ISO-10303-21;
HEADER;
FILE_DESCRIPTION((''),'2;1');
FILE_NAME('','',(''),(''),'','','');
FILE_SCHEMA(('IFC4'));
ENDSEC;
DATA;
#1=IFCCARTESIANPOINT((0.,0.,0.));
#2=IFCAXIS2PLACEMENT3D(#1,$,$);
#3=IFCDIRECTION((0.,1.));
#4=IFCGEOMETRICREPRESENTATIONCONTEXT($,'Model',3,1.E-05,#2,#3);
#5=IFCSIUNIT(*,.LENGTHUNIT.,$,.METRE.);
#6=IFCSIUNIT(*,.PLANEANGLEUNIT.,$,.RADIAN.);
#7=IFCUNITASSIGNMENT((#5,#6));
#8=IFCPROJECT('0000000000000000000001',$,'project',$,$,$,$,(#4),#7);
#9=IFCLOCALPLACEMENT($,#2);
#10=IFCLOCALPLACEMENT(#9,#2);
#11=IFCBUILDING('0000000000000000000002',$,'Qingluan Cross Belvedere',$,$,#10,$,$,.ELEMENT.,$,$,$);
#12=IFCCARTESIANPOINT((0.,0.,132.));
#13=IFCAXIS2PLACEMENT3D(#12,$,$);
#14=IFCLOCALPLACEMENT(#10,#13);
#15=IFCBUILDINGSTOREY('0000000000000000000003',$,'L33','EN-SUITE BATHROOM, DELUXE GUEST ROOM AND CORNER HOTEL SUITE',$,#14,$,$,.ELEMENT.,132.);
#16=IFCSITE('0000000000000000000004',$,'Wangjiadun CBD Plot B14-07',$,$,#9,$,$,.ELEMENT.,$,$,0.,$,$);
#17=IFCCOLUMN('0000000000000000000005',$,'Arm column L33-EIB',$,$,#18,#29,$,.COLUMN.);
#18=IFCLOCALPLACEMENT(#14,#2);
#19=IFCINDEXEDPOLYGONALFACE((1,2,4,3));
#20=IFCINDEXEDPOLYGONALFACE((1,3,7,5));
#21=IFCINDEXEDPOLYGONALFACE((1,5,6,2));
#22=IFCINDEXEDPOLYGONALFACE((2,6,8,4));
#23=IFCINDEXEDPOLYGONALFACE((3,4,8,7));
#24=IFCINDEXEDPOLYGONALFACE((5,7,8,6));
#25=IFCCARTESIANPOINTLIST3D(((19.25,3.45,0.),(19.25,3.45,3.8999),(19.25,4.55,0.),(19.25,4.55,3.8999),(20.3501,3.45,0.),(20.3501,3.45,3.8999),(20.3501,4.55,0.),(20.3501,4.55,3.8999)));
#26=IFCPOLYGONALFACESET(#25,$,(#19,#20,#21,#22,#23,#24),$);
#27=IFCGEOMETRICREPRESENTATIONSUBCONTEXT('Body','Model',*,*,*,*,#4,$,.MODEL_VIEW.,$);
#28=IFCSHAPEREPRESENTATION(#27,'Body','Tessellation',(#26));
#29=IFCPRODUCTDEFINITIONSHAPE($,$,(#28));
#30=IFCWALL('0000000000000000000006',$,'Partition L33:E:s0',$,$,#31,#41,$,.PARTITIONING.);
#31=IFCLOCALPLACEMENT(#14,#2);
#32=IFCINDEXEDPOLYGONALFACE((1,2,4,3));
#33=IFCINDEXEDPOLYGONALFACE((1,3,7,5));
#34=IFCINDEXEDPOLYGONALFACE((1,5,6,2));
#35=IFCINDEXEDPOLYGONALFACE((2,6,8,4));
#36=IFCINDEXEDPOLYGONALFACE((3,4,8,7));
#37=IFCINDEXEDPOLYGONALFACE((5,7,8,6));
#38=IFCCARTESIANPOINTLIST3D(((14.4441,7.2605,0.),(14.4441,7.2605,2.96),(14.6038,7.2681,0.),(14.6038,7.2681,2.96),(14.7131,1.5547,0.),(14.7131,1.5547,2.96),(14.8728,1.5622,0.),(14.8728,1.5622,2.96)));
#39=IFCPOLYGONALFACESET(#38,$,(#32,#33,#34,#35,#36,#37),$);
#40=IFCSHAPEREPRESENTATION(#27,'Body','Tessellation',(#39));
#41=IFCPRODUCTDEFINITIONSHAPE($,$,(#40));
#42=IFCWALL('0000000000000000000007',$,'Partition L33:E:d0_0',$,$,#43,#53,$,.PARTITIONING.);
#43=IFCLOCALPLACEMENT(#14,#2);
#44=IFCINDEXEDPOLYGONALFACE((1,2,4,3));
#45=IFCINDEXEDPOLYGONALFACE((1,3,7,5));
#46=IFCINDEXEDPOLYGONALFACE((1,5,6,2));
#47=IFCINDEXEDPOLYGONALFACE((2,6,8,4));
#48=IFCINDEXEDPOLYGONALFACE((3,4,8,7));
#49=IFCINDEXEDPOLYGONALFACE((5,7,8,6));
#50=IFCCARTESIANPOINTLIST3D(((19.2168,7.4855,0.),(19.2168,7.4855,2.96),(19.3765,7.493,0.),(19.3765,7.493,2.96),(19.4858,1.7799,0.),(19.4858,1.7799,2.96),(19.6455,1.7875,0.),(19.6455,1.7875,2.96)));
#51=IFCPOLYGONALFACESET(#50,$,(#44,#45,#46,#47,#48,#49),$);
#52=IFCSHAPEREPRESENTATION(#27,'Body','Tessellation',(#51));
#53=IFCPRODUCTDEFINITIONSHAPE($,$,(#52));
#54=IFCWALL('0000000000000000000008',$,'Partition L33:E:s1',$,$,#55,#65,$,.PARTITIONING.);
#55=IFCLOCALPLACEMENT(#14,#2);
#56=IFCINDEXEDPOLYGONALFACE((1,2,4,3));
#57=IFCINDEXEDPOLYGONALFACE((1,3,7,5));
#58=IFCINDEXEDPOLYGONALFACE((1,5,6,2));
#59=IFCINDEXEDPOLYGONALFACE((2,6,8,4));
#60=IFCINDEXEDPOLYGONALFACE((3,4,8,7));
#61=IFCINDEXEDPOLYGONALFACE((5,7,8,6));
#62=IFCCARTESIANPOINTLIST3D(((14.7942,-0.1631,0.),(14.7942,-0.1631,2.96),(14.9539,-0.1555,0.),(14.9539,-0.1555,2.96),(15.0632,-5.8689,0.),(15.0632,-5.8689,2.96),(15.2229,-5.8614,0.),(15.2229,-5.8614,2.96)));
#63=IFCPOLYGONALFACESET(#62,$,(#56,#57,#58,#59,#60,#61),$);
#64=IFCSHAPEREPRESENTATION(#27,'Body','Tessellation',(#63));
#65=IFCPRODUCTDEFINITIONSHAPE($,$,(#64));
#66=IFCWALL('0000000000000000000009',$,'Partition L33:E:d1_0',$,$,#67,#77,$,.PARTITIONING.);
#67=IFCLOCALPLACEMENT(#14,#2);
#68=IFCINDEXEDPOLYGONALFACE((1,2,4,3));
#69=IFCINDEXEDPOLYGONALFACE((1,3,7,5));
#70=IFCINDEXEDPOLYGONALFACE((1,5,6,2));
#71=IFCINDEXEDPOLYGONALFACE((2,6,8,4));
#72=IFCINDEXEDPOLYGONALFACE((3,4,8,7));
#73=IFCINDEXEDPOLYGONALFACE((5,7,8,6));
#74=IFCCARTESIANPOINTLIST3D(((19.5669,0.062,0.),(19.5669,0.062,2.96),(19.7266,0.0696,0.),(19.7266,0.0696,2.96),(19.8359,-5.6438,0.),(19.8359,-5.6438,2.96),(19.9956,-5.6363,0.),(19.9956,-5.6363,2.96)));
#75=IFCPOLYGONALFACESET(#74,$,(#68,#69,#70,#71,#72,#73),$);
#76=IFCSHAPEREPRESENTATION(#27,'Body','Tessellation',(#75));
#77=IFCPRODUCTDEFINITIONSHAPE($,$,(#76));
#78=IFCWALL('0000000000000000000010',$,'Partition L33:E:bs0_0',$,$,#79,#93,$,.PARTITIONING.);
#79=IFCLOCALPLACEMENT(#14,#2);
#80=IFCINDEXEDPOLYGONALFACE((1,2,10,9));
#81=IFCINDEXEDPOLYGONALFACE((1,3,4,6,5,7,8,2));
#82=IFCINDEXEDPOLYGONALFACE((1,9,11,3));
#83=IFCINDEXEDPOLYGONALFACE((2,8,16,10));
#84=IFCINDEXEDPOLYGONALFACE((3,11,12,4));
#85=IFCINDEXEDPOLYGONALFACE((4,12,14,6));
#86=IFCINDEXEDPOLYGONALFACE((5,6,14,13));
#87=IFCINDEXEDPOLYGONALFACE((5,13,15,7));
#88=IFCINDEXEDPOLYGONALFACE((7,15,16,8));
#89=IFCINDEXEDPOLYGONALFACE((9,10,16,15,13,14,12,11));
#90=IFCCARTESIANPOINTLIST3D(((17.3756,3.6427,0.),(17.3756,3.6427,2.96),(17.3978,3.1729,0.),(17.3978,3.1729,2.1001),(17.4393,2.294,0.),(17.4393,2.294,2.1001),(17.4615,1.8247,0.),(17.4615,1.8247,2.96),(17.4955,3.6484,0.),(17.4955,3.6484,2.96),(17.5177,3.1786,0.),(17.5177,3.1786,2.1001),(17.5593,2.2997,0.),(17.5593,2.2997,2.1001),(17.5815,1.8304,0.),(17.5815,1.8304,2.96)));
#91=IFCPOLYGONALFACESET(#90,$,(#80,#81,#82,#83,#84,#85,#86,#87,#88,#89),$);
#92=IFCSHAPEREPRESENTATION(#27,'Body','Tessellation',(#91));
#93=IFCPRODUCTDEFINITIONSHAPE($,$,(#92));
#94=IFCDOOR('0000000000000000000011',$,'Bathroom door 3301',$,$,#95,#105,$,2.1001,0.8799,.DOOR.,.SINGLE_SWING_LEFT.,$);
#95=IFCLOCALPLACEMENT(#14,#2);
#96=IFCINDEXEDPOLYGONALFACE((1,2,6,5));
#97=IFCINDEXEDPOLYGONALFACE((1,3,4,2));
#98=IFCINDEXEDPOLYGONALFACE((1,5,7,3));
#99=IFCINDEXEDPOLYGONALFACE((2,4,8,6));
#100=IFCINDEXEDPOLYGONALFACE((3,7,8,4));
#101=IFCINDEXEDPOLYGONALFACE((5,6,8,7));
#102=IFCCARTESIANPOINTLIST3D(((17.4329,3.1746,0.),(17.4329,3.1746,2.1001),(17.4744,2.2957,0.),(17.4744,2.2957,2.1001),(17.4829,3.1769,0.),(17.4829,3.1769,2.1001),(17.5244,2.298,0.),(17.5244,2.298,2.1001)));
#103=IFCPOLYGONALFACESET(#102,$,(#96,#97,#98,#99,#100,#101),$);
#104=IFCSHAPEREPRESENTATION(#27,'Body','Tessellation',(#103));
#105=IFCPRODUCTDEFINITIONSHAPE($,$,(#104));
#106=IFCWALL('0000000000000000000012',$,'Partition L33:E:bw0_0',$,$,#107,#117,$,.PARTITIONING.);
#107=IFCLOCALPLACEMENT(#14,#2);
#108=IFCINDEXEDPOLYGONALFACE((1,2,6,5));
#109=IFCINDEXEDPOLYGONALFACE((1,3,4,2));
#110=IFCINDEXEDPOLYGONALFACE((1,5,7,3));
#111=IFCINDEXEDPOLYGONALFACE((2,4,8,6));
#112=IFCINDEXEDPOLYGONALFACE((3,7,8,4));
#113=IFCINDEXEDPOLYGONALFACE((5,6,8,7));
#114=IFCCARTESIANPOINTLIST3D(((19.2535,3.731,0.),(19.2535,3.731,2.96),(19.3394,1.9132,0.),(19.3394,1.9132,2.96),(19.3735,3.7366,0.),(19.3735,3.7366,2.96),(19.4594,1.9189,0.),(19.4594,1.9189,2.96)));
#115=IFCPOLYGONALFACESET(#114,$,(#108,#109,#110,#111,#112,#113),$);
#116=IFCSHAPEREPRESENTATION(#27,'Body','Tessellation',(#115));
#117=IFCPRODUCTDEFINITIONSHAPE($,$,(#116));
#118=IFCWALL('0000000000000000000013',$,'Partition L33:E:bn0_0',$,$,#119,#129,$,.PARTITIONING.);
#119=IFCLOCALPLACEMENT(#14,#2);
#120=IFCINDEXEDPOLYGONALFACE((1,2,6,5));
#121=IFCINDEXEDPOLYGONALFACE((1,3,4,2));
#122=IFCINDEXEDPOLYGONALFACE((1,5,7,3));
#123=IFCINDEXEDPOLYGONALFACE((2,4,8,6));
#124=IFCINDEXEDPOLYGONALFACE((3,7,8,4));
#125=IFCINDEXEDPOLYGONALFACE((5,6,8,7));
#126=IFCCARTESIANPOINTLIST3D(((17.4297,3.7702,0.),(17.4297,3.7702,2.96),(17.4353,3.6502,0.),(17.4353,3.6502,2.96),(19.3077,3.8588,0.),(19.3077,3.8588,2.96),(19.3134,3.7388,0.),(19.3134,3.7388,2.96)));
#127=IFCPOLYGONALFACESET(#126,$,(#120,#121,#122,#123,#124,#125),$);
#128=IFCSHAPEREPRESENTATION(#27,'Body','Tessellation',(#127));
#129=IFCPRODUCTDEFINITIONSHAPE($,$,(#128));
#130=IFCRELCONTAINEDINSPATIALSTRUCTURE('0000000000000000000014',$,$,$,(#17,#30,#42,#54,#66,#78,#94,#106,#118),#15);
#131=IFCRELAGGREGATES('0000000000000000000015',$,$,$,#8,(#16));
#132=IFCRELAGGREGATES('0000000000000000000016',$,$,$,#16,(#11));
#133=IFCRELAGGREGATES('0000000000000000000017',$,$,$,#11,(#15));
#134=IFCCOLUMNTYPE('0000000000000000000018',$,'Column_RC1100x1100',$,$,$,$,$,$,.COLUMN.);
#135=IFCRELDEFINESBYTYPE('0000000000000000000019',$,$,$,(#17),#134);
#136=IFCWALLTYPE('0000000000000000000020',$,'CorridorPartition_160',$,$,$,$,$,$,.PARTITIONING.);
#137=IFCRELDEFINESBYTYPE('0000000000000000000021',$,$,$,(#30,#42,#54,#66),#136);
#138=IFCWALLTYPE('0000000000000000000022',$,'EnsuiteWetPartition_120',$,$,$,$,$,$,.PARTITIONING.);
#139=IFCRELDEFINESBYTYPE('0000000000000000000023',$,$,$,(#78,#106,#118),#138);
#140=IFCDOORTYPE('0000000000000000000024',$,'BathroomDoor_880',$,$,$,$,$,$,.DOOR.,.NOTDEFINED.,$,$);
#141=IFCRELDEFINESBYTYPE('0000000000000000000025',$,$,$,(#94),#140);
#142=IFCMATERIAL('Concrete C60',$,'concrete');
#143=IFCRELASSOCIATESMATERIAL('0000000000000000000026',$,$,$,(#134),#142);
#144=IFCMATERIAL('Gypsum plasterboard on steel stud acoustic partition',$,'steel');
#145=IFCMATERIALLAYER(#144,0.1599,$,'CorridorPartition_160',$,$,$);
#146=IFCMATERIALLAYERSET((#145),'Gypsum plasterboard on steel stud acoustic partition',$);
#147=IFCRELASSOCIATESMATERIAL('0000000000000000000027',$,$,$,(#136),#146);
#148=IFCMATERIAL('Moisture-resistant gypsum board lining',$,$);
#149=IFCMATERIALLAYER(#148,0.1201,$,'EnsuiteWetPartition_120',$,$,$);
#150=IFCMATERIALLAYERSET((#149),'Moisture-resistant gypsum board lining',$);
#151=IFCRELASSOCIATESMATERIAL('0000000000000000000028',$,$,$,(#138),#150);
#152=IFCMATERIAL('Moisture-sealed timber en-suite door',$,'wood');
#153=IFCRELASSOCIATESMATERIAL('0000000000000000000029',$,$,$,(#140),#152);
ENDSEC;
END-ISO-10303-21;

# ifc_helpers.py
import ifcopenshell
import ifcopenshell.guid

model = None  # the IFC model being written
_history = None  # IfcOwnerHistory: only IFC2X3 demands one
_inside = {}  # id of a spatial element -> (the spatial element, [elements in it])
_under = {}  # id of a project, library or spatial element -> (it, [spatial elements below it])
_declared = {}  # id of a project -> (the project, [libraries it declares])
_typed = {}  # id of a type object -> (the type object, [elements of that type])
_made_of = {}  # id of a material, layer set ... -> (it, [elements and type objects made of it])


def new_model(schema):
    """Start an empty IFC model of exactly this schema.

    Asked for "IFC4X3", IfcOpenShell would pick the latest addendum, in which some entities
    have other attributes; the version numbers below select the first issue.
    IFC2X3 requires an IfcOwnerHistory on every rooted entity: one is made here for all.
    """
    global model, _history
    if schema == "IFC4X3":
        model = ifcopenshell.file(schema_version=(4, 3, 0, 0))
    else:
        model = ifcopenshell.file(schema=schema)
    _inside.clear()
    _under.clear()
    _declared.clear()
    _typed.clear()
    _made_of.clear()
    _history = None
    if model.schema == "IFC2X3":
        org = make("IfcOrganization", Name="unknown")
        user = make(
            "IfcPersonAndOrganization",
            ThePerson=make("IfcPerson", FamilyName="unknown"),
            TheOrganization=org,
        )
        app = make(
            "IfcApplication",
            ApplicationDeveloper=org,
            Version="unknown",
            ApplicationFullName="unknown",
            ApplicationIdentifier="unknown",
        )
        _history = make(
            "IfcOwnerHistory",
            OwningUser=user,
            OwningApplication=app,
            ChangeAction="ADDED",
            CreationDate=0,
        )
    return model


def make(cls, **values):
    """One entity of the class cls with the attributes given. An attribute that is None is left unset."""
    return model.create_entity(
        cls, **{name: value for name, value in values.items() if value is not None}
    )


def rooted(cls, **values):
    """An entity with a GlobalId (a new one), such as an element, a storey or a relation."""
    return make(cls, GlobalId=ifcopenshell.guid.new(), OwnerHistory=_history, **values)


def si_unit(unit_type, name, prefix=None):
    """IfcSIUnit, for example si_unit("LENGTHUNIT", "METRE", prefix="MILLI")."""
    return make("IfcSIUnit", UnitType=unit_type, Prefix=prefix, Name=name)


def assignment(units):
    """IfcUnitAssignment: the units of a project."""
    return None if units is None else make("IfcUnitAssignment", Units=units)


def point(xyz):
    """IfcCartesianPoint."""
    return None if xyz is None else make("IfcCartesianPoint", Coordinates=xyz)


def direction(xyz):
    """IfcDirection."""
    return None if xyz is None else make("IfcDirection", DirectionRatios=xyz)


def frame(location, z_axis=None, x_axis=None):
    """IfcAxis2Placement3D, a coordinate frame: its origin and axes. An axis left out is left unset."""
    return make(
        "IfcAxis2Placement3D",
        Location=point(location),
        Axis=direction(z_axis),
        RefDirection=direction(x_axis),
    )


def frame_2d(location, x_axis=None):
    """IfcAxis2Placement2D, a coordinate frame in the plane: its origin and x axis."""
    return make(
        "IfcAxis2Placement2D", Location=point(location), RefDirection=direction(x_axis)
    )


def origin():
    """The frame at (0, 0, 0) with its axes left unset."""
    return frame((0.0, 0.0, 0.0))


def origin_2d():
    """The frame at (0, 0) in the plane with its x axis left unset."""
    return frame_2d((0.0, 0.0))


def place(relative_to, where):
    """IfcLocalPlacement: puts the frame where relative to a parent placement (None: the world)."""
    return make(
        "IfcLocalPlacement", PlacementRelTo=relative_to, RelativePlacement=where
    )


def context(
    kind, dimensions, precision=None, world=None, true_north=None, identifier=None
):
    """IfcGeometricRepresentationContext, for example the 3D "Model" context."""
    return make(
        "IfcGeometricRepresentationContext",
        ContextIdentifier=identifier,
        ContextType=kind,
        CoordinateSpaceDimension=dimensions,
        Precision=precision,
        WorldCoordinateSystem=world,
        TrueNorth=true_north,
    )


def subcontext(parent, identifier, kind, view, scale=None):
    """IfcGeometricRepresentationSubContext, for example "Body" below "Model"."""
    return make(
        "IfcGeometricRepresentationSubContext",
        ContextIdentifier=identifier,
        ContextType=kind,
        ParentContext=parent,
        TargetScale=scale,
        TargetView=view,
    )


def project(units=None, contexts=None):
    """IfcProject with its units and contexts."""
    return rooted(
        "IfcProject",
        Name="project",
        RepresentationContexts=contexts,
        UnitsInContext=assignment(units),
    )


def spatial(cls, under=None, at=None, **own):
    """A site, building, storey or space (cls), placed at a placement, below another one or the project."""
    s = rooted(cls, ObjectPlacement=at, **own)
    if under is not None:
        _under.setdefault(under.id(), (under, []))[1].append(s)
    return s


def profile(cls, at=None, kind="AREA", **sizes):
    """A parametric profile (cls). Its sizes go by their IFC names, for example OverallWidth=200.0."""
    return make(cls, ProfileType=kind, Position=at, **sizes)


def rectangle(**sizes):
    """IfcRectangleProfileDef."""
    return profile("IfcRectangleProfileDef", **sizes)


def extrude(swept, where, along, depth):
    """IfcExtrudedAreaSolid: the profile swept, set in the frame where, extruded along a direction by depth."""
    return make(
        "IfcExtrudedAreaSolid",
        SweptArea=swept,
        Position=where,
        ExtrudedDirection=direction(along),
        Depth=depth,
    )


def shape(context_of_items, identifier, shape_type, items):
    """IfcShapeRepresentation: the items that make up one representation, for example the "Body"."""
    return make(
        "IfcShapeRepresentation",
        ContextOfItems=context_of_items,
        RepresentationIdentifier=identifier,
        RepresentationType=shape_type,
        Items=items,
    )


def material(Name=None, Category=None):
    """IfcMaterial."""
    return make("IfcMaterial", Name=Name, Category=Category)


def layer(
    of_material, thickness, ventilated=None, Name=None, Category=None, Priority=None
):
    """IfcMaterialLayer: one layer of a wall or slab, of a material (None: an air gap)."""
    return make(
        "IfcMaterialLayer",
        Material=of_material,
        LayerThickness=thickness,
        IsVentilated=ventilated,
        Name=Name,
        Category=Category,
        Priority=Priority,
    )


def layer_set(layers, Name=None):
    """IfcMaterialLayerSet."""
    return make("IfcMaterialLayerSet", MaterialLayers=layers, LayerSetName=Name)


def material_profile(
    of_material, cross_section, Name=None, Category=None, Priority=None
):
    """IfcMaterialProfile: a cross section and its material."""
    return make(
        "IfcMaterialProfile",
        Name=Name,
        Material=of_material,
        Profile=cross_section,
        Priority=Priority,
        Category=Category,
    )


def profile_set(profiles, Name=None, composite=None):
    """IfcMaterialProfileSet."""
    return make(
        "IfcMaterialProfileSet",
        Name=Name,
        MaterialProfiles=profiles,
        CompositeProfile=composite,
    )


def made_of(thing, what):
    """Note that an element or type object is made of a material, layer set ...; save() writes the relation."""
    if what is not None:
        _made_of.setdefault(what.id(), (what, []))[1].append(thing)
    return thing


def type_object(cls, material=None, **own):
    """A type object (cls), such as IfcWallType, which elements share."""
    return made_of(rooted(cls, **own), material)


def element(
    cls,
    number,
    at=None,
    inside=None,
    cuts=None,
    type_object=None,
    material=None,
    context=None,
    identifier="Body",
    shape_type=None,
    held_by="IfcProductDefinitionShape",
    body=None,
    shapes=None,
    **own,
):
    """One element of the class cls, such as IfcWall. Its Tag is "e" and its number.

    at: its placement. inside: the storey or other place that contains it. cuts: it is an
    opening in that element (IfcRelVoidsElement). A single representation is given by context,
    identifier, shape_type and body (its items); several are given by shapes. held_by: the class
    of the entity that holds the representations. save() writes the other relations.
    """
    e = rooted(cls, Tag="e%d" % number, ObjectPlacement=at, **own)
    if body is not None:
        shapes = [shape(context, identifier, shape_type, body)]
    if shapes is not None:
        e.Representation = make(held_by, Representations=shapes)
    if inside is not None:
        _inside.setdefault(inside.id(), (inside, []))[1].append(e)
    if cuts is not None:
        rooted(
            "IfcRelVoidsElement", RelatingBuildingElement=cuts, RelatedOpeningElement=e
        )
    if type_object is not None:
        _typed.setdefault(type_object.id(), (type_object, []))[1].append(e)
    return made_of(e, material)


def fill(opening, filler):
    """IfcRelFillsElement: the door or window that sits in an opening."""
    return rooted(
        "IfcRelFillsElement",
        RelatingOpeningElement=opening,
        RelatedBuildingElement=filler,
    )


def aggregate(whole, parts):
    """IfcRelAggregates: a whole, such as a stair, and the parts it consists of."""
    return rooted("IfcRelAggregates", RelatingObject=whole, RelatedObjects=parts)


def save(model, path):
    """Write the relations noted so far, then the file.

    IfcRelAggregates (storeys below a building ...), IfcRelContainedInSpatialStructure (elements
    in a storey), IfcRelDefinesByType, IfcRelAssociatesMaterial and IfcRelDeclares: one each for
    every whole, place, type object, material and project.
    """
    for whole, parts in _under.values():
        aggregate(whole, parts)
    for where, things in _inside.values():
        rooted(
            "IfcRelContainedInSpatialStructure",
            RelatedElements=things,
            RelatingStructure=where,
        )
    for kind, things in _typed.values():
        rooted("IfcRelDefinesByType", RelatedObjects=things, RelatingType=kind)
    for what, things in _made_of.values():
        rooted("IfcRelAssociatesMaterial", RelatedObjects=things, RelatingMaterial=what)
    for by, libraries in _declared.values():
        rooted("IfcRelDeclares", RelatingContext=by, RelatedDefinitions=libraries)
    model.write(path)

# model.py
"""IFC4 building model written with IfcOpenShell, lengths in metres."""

from ifc_helpers import new_model, si_unit, direction, frame, frame_2d, origin, origin_2d, place, context, subcontext, project, spatial, rectangle, extrude, material, layer, layer_set, material_profile, profile_set, type_object, element, fill, save


model = new_model("IFC4")

# Units and contexts
model_context = context("Model", 3, precision=1e-05, world=origin(), true_north=direction((0.0, 1.0)))
body_context = subcontext(model_context, "Body", "Model", "MODEL_VIEW")
ifc_project = project(units=[si_unit("LENGTHUNIT", "METRE"), si_unit("PLANEANGLEUNIT", "RADIAN")], contexts=[model_context])

# Site, building, storey
site_placement = place(None, origin())
site = spatial("IfcSite", under=ifc_project, at=site_placement, Name="Wangjiadun CBD Plot B14-07", CompositionType="ELEMENT", RefElevation=0.0)
building_placement = place(site_placement, origin())
building = spatial("IfcBuilding", under=site, at=building_placement, Name="Qingluan Cross Belvedere", CompositionType="ELEMENT")
storey_placement = place(building_placement, frame((0.0, 0.0, 132.0)))
storey = spatial("IfcBuildingStorey", under=building, at=storey_placement, Name="L33", Description="EN-SUITE BATHROOM, DELUXE GUEST ROOM AND CORNER HOTEL SUITE", CompositionType="ELEMENT", Elevation=132.0)

# Column
ifc_material_1 = material(Name="Concrete C60", Category="concrete")
ifc_material_profile = material_profile(ifc_material_1, rectangle(XDim=1.1001, YDim=1.1001, at=origin_2d()), Name="RC1100x1100")
ifc_profile_set = profile_set([ifc_material_profile], Name="Concrete C60")
column_type = type_object("IfcColumnType", Name="Column_RC1100x1100", PredefinedType="COLUMN", material=ifc_profile_set)
column_placement = place(storey_placement, frame((19.8, 4.0, 0.0), z_axis=(0.0, 0.0, 1.0), x_axis=(1.0, 0.0, 0.0)))
element("IfcColumn", 1, at=column_placement, inside=storey, type_object=column_type, Name="Arm column L33-EIB", PredefinedType="COLUMN", context=body_context, shape_type="SweptSolid", body=[
    extrude(rectangle(XDim=1.1001, YDim=1.1001, at=origin_2d()), origin(), (0.0, 0.0, 1.0), 3.8999),
])

# Shared definitions
ifc_material_2 = material(Name="Gypsum plasterboard on steel stud acoustic partition", Category="steel")
ifc_layer_1 = layer(ifc_material_2, 0.1599, Name="CorridorPartition_160")
ifc_layer_set_1 = layer_set([ifc_layer_1], Name="Gypsum plasterboard on steel stud acoustic partition")
wall_type_1 = type_object("IfcWallType", Name="CorridorPartition_160", PredefinedType="PARTITIONING", material=ifc_layer_set_1)

# Walls
wall_1_placement = place(storey_placement, frame((14.793, 1.5586, 0.0), z_axis=(0.0, 0.0, 1.0), x_axis=(-0.0471, 0.99889, 0.0)))
element("IfcWall", 2, at=wall_1_placement, inside=storey, type_object=wall_type_1, Name="Partition L33:E:s0", PredefinedType="PARTITIONING", context=body_context, shape_type="SweptSolid", body=[
    extrude(rectangle(XDim=5.7122, YDim=0.1599, at=frame_2d((2.856, 0.0))), origin(), (0.0, 0.0, 1.0), 2.96),
])
wall_2_placement = place(storey_placement, frame((19.5657, 1.7837, 0.0), z_axis=(0.0, 0.0, 1.0), x_axis=(-0.047102, 0.99889, 0.0)))
element("IfcWall", 3, at=wall_2_placement, inside=storey, type_object=wall_type_1, Name="Partition L33:E:d0_0", PredefinedType="PARTITIONING", context=body_context, shape_type="SweptSolid", body=[
    extrude(rectangle(XDim=5.7119, YDim=0.1599, at=frame_2d((2.856, 0.0))), origin(), (0.0, 0.0, 1.0), 2.96),
])

# Walls
for number, where, z_axis, x_axis, name in (
    (4, (14.874, -0.1594, 0.0), (0.0, 0.0, 1.0), (0.0471, -0.99889, 0.0), "Partition L33:E:s1"),
    (5, (19.6467, 0.0657, 0.0), (0.0, 0.0, 1.0), (0.0471, -0.99889, 0.0), "Partition L33:E:d1_0"),
):
    element("IfcWall", number, at=place(storey_placement, frame(where, z_axis=z_axis, x_axis=x_axis)), inside=storey, type_object=wall_type_1, Name=name, PredefinedType="PARTITIONING", context=body_context, shape_type="SweptSolid", body=[
        extrude(rectangle(XDim=5.7122, YDim=0.1599, at=frame_2d((2.856, 0.0))), origin(), (0.0, 0.0, 1.0), 2.96),
    ])

# Wall, opening, door
ifc_material_3 = material(Name="Moisture-resistant gypsum board lining")
ifc_layer_2 = layer(ifc_material_3, 0.1201, Name="EnsuiteWetPartition_120")
ifc_layer_set_2 = layer_set([ifc_layer_2], Name="Moisture-resistant gypsum board lining")
wall_type_2 = type_object("IfcWallType", Name="EnsuiteWetPartition_120", PredefinedType="PARTITIONING", material=ifc_layer_set_2)
wall_3_placement = place(storey_placement, frame((17.5215, 1.8274, 0.0), z_axis=(0.0, 0.0, 1.0), x_axis=(-0.047215, 0.998885, 0.0)))
wall_3 = element("IfcWall", 6, at=wall_3_placement, inside=storey, type_object=wall_type_2, Name="Partition L33:E:bs0_0", PredefinedType="PARTITIONING", context=body_context, shape_type="SweptSolid", body=[
    extrude(rectangle(XDim=1.8201, YDim=0.1201, at=frame_2d((0.9102, 0.0))), origin(), (0.0, 0.0, 1.0), 2.96),
])
opening_1_placement = place(wall_3_placement, frame((0.47, 0.0, 0.0)))
opening_1 = element("IfcOpeningElement", 7, at=opening_1_placement, cuts=wall_3, PredefinedType="OPENING", context=body_context, shape_type="SweptSolid", body=[
    extrude(rectangle(XDim=0.8799, YDim=2.1001, at=frame_2d((0.4399, 1.05))), frame((0.0, 0.0701, 0.0), z_axis=(0.0, -1.0, 0.0), x_axis=(1.0, 0.0, 0.0)), (0.0, 0.0, 1.0), 0.1401),
])
ifc_material_4 = material(Name="Moisture-sealed timber en-suite door", Category="wood")
door_type_1 = type_object("IfcDoorType", Name="BathroomDoor_880", OperationType="NOTDEFINED", PredefinedType="DOOR", material=ifc_material_4)
door_1_placement = place(opening_1_placement, origin())
door_1 = element("IfcDoor", 8, at=door_1_placement, inside=storey, type_object=door_type_1, Name="Bathroom door 3301", OperationType="SINGLE_SWING_LEFT", OverallHeight=2.1001, OverallWidth=0.8799, PredefinedType="DOOR", context=body_context, shape_type="SweptSolid", body=[
    extrude(rectangle(XDim=0.8799, YDim=2.1001, at=frame_2d((0.4399, 1.05))), frame((0.0, 0.0249, 0.0), z_axis=(0.0, -1.0, 0.0), x_axis=(1.0, 0.0, 0.0)), (0.0, 0.0, 1.0), 0.05),
])
fill(opening_1, door_1)

# Walls
wall_4_placement = place(storey_placement, frame((19.3994, 1.916, 0.0), z_axis=(0.0, 0.0, 1.0), x_axis=(-0.047221, 0.998884, 0.0)))
element("IfcWall", 9, at=wall_4_placement, inside=storey, type_object=wall_type_2, Name="Partition L33:E:bw0_0", PredefinedType="PARTITIONING", context=body_context, shape_type="SweptSolid", body=[
    extrude(rectangle(XDim=1.8198, YDim=0.1201, at=frame_2d((0.9099, 0.0))), origin(), (0.0, 0.0, 1.0), 2.96),
])
wall_5_placement = place(storey_placement, frame((17.4326, 3.7102, 0.0), z_axis=(0.0, 0.0, 1.0), x_axis=(0.998888, 0.047139, 0.0)))
element("IfcWall", 10, at=wall_5_placement, inside=storey, type_object=wall_type_2, Name="Partition L33:E:bn0_0", PredefinedType="PARTITIONING", context=body_context, shape_type="SweptSolid", body=[
    extrude(rectangle(XDim=1.8801, YDim=0.1201, at=frame_2d((0.9399, 0.0))), origin(), (0.0, 0.0, 1.0), 2.96),
])

save(model, "model.ifc")
